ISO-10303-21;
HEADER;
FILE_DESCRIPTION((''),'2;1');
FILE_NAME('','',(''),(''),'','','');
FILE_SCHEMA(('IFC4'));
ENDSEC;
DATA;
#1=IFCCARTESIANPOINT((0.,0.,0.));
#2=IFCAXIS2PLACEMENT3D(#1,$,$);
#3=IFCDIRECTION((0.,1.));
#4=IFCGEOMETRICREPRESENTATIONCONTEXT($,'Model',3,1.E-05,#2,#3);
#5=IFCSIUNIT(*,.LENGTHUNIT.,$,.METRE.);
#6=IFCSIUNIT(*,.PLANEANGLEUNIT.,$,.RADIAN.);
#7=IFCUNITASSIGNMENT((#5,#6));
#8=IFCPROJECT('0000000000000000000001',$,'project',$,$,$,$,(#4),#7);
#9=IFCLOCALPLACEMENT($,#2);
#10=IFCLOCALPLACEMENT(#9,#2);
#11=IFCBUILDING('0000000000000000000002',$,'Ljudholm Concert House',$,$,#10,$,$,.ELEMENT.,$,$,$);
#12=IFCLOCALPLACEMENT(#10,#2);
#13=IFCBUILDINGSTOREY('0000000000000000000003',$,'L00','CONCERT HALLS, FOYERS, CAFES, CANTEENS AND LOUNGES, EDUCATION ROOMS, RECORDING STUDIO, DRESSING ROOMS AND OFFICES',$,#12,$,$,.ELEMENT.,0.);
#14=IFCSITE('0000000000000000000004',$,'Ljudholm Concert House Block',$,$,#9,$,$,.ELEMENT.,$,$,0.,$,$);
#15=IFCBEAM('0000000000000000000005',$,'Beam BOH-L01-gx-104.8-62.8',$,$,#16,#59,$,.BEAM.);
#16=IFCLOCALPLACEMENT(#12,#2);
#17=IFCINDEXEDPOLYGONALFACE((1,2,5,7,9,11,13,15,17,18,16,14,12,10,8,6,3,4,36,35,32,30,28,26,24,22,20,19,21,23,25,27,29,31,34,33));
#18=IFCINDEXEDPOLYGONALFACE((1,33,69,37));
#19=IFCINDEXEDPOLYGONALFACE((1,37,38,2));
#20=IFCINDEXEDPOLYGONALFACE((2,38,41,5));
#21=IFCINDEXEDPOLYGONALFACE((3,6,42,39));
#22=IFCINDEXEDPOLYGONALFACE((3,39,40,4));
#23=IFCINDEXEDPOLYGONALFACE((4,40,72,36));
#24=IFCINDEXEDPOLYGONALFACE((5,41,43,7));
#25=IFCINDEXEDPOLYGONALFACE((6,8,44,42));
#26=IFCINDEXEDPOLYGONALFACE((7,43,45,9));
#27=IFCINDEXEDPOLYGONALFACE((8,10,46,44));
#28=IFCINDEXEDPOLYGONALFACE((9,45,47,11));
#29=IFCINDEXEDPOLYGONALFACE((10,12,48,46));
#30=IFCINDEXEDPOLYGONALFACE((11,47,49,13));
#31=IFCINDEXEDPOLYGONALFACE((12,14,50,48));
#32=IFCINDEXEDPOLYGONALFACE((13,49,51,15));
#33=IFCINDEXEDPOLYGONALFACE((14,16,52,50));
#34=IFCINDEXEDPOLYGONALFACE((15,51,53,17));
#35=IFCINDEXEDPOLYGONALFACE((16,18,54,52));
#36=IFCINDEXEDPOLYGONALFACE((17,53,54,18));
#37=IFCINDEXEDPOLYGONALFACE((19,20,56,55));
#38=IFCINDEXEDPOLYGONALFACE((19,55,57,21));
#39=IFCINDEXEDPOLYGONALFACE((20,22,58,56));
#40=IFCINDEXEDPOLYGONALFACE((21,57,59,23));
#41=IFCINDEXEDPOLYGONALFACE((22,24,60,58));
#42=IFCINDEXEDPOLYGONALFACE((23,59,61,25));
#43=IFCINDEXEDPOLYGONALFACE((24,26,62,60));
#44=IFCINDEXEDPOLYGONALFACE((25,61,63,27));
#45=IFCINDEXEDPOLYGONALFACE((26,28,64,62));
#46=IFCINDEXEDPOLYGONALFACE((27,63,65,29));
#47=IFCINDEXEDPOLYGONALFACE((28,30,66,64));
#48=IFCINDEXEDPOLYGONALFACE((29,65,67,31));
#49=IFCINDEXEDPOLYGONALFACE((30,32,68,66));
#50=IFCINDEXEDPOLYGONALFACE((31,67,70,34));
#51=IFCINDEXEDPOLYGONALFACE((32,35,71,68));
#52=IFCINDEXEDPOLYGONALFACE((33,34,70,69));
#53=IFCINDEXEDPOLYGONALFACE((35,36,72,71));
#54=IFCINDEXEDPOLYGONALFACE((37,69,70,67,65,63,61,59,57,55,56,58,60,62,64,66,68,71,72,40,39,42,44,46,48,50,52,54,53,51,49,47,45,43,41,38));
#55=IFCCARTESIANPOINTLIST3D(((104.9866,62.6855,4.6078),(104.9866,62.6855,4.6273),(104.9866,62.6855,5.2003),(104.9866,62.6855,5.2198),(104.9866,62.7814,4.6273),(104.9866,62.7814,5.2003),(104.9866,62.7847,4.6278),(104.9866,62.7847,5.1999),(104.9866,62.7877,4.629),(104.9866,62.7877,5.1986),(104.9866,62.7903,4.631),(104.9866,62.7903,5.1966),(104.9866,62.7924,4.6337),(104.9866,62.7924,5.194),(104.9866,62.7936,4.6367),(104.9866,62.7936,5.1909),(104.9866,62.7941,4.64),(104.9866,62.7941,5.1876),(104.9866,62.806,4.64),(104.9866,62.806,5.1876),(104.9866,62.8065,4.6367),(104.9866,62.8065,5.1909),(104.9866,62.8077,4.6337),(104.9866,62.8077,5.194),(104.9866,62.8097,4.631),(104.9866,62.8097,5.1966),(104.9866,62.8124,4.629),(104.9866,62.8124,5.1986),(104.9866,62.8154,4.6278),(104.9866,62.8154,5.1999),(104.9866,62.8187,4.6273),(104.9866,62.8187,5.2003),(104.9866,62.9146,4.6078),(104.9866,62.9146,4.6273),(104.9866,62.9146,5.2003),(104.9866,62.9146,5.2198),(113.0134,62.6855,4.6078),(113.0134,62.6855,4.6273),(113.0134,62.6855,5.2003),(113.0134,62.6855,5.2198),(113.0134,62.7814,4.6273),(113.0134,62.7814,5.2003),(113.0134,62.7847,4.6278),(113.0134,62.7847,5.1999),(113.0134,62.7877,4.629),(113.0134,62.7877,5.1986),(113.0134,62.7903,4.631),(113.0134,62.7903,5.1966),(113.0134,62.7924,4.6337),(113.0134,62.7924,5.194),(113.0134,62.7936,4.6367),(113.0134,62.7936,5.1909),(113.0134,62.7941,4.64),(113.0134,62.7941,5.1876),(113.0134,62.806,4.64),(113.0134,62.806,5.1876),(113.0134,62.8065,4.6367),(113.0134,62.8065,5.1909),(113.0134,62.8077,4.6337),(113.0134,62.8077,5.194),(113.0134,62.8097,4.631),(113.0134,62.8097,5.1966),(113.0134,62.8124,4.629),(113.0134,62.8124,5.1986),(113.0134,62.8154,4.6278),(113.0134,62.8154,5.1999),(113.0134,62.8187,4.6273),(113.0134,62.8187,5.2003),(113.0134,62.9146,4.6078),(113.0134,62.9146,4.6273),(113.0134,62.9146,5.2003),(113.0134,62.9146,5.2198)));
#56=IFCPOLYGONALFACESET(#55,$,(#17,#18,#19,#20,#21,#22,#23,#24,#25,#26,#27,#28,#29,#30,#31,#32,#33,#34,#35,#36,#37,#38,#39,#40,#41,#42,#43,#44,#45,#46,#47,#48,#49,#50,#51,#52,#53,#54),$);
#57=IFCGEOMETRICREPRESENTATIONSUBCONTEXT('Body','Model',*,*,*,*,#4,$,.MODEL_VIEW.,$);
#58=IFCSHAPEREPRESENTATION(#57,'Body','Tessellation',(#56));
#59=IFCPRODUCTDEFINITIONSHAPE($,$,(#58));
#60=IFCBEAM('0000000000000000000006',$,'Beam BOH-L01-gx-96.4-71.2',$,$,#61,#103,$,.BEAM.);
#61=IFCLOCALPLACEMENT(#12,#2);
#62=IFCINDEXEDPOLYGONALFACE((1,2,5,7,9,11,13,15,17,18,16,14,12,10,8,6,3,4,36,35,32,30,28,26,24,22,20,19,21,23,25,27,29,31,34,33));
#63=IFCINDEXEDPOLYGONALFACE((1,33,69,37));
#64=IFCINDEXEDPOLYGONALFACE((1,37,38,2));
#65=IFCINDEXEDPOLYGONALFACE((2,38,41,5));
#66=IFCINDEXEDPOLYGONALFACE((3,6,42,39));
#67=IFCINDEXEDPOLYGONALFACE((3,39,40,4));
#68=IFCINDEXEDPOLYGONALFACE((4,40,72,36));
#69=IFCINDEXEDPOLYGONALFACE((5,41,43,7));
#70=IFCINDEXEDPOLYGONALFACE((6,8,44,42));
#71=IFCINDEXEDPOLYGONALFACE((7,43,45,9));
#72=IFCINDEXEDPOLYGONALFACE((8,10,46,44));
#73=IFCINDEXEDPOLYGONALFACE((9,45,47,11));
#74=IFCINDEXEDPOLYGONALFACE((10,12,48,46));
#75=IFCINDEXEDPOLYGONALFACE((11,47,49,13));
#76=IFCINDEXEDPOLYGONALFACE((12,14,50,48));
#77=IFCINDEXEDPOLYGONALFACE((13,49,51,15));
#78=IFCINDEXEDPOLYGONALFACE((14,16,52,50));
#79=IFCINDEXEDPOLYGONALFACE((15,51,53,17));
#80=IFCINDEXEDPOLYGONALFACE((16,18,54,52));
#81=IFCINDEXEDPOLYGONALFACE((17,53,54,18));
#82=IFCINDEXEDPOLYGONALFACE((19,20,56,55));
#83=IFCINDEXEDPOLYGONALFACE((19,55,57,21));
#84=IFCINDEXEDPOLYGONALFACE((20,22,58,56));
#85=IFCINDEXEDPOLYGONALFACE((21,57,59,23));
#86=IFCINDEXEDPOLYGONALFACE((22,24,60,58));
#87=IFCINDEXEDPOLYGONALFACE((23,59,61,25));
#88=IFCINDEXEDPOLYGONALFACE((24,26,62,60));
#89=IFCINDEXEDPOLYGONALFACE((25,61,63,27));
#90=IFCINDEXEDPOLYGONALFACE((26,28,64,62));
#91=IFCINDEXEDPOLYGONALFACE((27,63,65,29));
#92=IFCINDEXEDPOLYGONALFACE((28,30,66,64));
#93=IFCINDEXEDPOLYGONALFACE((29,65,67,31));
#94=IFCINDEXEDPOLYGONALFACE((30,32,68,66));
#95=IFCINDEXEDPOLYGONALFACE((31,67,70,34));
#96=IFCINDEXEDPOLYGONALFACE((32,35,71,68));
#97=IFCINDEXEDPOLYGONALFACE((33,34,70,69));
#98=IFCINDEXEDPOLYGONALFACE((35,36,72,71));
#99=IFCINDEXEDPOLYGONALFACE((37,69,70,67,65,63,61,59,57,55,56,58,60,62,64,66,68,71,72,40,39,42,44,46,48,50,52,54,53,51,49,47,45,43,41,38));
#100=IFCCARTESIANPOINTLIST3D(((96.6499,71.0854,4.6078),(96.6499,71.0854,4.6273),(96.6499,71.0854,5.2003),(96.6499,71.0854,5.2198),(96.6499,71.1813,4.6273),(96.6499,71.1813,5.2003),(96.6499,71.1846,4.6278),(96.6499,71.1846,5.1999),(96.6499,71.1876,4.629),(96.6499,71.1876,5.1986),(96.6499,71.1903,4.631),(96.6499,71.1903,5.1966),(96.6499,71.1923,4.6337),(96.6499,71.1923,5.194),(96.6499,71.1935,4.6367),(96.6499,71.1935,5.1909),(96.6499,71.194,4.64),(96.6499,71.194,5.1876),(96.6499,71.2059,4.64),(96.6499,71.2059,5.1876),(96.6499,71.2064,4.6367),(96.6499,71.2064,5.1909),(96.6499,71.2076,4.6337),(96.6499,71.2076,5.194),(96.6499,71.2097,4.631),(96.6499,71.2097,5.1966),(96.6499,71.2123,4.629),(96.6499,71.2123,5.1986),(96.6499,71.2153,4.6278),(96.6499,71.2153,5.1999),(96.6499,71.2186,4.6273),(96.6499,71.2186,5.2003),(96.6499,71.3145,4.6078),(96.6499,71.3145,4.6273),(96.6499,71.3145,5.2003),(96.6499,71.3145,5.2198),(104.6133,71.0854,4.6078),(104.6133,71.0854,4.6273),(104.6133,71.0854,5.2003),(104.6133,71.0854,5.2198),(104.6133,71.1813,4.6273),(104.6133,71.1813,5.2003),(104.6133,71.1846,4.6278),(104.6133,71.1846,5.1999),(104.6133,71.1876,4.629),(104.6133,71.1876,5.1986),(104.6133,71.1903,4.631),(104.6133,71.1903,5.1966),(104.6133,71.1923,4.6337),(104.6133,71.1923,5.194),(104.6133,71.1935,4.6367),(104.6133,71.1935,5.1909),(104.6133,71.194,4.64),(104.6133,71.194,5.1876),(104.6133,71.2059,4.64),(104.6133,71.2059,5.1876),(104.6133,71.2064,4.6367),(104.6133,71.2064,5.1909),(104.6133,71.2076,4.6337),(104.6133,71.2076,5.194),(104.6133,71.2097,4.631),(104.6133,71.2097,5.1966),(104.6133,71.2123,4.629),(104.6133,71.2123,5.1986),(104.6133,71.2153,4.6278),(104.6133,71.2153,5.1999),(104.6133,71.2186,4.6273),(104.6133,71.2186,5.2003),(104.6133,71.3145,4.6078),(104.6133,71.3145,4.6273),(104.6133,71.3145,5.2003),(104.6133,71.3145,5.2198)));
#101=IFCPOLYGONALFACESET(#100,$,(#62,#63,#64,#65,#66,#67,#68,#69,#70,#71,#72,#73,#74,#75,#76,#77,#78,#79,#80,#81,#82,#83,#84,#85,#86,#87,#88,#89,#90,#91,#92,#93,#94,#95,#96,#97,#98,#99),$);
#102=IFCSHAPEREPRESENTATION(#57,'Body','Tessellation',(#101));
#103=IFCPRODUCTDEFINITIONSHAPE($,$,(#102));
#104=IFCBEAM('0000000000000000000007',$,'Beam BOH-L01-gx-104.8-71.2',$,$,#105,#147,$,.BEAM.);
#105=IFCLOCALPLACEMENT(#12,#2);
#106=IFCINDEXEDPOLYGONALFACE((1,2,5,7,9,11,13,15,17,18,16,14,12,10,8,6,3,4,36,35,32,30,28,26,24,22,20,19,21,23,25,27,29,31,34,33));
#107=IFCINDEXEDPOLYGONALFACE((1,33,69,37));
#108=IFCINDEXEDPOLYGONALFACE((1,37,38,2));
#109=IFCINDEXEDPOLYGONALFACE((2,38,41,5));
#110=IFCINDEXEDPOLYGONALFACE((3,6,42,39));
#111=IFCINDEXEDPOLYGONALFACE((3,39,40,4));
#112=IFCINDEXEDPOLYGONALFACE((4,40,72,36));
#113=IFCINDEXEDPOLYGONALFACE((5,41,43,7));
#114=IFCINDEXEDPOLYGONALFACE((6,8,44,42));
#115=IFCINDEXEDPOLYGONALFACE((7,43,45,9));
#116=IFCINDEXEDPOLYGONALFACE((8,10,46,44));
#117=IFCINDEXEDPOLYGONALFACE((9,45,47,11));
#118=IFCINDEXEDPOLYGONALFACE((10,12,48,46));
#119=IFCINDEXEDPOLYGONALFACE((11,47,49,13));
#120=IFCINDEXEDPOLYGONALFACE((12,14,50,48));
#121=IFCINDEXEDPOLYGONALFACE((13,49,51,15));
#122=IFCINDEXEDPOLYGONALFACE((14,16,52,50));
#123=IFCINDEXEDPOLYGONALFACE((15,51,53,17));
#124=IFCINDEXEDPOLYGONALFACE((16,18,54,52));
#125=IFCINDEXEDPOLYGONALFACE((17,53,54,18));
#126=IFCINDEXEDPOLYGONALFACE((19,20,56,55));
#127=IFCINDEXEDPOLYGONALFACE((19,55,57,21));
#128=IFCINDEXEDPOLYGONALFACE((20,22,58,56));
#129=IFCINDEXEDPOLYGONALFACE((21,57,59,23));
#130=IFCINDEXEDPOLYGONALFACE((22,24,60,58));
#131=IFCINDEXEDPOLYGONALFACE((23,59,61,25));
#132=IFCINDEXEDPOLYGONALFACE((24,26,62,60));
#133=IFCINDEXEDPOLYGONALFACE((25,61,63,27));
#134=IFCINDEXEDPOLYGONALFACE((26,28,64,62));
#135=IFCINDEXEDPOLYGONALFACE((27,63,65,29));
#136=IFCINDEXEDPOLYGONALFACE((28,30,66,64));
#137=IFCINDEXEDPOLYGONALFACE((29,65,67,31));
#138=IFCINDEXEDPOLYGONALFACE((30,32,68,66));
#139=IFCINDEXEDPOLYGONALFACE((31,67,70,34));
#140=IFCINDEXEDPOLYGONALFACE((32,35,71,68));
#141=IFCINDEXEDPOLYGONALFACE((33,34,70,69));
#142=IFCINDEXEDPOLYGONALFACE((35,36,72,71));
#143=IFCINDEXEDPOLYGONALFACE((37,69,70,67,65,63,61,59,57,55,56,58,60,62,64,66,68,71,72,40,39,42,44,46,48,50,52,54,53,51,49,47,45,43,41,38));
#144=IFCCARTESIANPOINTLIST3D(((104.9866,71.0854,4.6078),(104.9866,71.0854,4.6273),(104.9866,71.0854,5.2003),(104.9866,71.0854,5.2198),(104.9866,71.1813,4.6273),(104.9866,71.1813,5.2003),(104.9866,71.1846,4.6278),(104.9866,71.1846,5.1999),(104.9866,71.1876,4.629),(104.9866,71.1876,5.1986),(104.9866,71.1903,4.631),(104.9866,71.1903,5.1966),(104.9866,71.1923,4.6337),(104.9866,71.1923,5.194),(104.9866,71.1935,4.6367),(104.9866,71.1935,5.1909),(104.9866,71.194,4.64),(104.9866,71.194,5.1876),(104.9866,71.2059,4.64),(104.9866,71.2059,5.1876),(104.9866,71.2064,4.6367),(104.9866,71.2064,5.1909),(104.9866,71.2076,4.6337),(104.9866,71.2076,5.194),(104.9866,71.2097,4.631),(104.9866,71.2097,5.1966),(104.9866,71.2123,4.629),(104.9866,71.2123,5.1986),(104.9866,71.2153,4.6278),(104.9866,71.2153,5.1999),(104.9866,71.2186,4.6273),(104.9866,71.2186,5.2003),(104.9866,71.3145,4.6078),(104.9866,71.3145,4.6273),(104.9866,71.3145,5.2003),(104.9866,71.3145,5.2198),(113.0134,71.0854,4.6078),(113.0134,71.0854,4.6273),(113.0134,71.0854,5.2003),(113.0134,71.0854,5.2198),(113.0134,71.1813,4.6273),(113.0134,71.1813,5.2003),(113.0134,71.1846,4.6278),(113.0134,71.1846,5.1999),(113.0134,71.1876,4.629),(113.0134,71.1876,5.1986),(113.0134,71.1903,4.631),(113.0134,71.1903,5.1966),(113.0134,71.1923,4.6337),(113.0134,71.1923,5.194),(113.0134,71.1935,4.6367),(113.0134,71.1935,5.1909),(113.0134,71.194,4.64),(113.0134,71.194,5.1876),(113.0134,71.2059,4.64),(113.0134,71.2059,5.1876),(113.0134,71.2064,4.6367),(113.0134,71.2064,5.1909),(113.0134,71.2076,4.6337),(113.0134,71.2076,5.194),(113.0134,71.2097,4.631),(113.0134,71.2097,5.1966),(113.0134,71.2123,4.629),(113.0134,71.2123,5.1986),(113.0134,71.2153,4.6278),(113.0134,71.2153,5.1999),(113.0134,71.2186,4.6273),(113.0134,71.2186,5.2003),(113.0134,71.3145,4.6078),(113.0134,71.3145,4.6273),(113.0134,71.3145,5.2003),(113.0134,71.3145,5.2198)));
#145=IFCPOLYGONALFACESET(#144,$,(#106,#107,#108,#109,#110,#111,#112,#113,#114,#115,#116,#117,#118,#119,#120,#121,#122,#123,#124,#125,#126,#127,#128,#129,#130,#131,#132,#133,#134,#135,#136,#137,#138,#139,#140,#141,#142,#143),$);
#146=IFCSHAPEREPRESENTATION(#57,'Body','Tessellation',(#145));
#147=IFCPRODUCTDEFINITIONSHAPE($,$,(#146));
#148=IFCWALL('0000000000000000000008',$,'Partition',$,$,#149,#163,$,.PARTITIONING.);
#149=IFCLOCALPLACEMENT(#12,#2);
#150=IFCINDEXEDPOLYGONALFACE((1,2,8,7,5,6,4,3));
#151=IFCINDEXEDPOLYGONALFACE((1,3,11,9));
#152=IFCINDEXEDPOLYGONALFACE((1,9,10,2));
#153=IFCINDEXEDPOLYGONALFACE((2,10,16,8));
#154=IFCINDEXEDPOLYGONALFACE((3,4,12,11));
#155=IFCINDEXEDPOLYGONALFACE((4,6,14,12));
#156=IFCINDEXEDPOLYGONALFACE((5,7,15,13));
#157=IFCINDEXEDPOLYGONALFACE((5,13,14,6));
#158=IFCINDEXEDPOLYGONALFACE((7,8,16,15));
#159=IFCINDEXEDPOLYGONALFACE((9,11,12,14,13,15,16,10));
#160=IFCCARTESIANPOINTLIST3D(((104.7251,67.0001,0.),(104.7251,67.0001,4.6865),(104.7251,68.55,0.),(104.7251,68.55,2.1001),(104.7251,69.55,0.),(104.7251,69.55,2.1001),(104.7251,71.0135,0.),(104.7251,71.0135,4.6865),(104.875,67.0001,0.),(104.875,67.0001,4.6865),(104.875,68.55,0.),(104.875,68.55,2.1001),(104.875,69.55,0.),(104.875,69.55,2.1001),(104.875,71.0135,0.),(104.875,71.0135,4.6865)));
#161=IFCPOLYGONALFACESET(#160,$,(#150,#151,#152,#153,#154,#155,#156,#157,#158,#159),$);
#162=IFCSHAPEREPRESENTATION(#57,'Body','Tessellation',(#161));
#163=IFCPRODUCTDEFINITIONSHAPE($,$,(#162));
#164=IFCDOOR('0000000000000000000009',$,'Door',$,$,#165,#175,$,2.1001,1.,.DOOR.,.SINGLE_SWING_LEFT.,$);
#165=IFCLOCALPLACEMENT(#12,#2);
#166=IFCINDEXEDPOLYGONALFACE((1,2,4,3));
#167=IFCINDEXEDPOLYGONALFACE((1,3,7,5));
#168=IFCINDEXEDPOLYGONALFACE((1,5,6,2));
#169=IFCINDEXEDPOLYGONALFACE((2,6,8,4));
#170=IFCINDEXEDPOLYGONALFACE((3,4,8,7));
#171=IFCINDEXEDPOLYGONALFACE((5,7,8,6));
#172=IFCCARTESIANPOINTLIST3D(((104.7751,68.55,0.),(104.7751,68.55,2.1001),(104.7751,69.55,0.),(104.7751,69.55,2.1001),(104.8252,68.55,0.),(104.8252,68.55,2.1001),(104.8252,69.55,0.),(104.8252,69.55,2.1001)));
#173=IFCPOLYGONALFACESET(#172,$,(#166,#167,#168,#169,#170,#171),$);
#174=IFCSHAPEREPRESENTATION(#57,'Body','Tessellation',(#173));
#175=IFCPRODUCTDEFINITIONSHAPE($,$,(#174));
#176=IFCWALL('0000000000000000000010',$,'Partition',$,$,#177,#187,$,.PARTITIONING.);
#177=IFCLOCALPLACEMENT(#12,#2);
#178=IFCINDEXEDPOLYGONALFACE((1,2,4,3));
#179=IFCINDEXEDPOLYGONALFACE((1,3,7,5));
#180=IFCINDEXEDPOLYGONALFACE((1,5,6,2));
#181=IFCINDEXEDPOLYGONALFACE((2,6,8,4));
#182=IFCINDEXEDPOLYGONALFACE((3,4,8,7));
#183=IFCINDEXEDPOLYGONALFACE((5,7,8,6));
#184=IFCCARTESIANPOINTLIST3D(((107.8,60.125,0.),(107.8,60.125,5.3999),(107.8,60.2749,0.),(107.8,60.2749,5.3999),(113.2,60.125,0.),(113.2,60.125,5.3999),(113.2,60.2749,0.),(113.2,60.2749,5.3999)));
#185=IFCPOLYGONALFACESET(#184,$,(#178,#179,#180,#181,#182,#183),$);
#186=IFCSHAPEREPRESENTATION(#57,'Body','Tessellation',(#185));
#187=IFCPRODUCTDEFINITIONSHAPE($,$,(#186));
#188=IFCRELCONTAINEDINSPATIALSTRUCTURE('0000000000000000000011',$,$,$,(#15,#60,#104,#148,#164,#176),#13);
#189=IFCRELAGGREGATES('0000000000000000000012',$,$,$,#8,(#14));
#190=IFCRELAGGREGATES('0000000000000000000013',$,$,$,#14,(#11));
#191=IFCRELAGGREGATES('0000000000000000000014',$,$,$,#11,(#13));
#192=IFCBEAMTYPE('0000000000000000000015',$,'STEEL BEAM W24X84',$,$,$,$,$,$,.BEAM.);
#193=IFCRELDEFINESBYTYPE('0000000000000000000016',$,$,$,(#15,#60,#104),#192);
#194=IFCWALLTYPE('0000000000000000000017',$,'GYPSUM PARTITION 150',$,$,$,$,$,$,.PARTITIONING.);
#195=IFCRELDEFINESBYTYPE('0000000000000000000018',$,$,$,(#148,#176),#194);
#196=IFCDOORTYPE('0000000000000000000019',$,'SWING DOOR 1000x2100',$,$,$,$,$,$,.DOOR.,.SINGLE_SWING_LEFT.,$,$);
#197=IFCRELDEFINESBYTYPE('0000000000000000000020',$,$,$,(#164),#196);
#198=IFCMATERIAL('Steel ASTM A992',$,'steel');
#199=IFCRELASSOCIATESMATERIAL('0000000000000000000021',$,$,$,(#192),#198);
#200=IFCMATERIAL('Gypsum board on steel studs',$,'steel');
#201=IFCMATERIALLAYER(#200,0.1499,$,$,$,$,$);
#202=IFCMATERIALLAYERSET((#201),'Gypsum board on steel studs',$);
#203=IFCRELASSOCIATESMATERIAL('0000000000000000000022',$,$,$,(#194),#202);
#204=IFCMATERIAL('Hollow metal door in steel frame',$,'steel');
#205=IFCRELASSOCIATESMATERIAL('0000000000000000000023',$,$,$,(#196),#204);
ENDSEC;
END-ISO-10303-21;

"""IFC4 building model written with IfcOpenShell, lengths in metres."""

from ifc_helpers import new_model, si_unit, direction, frame, frame_2d, origin, origin_2d, place, context, subcontext, project, spatial, rectangle, i_section, extrude, material, layer, layer_set, material_profile, profile_set, type_object, element, fill, save


model = new_model("IFC4")

# Units and contexts
model_context = context("Model", 3, precision=1e-05, world=origin(), true_north=direction((0.0, 1.0)))
body_context = subcontext(model_context, "Body", "Model", "MODEL_VIEW")
ifc_project = project(units=[si_unit("LENGTHUNIT", "METRE"), si_unit("PLANEANGLEUNIT", "RADIAN")], contexts=[model_context])

# Site, building, storey
site_placement = place(None, origin())
site = spatial("IfcSite", under=ifc_project, at=site_placement, Name="Ljudholm Concert House Block", CompositionType="ELEMENT", RefElevation=0.0)
building_placement = place(site_placement, origin())
building = spatial("IfcBuilding", under=site, at=building_placement, Name="Ljudholm Concert House", CompositionType="ELEMENT")
storey_placement = place(building_placement, origin())
storey = spatial("IfcBuildingStorey", under=building, at=storey_placement, Name="L00", Description="CONCERT HALLS, FOYERS, CAFES, CANTEENS AND LOUNGES, EDUCATION ROOMS, RECORDING STUDIO, DRESSING ROOMS AND OFFICES", CompositionType="ELEMENT", Elevation=0.0)

# Beams
ifc_material_1 = material(Name="Steel ASTM A992", Category="steel")
ifc_material_profile_1 = material_profile(ifc_material_1, i_section(OverallWidth=0.229, OverallDepth=0.6121, WebThickness=0.012, FlangeThickness=0.0195, FilletRadius=0.0127, at=origin_2d()), Name="W24X84")
ifc_profile_set_1 = profile_set([ifc_material_profile_1], Name="Steel ASTM A992")
beam_type_1 = type_object("IfcBeamType", Name="STEEL BEAM W24X84", PredefinedType="BEAM", material=ifc_profile_set_1)
beam_1_placement = place(storey_placement, frame((104.9866, 62.8, 4.9138), z_axis=(1.0, 0.0, 0.0), x_axis=(0.0, 1.0, 0.0)))
element("IfcBeam", 1, at=beam_1_placement, inside=storey, type_object=beam_type_1, Name="Beam BOH-L01-gx-104.8-62.8", PredefinedType="BEAM", context=body_context, shape_type="SweptSolid", body=[
    extrude(i_section(OverallWidth=0.229, OverallDepth=0.6121, WebThickness=0.012, FlangeThickness=0.0195, FilletRadius=0.0127, at=origin_2d()), origin(), (0.0, 0.0, 1.0), 8.0269),
])
beam_2_placement = place(storey_placement, frame((96.6499, 71.2, 4.9138), z_axis=(1.0, 0.0, 0.0), x_axis=(0.0, 1.0, 0.0)))
element("IfcBeam", 2, at=beam_2_placement, inside=storey, type_object=beam_type_1, Name="Beam BOH-L01-gx-96.4-71.2", PredefinedType="BEAM", context=body_context, shape_type="SweptSolid", body=[
    extrude(i_section(OverallWidth=0.229, OverallDepth=0.6121, WebThickness=0.012, FlangeThickness=0.0195, FilletRadius=0.0127, at=origin_2d()), origin(), (0.0, 0.0, 1.0), 7.9634),
])
beam_3_placement = place(storey_placement, frame((104.9866, 71.2, 4.9138), z_axis=(1.0, 0.0, 0.0), x_axis=(0.0, 1.0, 0.0)))
element("IfcBeam", 3, at=beam_3_placement, inside=storey, type_object=beam_type_1, Name="Beam BOH-L01-gx-104.8-71.2", PredefinedType="BEAM", context=body_context, shape_type="SweptSolid", body=[
    extrude(i_section(OverallWidth=0.229, OverallDepth=0.6121, WebThickness=0.012, FlangeThickness=0.0195, FilletRadius=0.0127, at=origin_2d()), origin(), (0.0, 0.0, 1.0), 8.0269),
])

# Wall, opening, door
ifc_material_2 = material(Name="Gypsum board on steel studs", Category="steel")
ifc_layer = layer(ifc_material_2, 0.1499)
ifc_layer_set = layer_set([ifc_layer], Name="Gypsum board on steel studs")
wall_type = type_object("IfcWallType", Name="GYPSUM PARTITION 150", PredefinedType="PARTITIONING", material=ifc_layer_set)
wall_1_placement = place(storey_placement, frame((104.8, 67.0, 0.0), z_axis=(0.0, 0.0, 1.0), x_axis=(0.0, 1.0, 0.0)))
wall_1 = element("IfcWall", 4, at=wall_1_placement, inside=storey, type_object=wall_type, Name="Partition", PredefinedType="PARTITIONING", context=body_context, shape_type="SweptSolid", body=[
    extrude(rectangle(XDim=4.0134, YDim=0.1499, at=frame_2d((2.0068, 0.0))), origin(), (0.0, 0.0, 1.0), 4.6865),
])
opening_placement = place(wall_1_placement, frame((1.55, 0.0, 0.0)))
opening = element("IfcOpeningElement", 5, at=opening_placement, cuts=wall_1, PredefinedType="OPENING", context=body_context, shape_type="SweptSolid", body=[
    extrude(rectangle(XDim=1.0, YDim=2.1001, at=frame_2d((0.5, 1.05))), frame((0.0, 0.085, 0.0), z_axis=(0.0, -1.0, 0.0), x_axis=(1.0, 0.0, 0.0)), (0.0, 0.0, 1.0), 0.1699),
])
ifc_material_3 = material(Name="Hollow metal door in steel frame", Category="steel")
door_type = type_object("IfcDoorType", Name="SWING DOOR 1000x2100", OperationType="SINGLE_SWING_LEFT", PredefinedType="DOOR", material=ifc_material_3)
door_placement = place(opening_placement, origin())
door = element("IfcDoor", 6, at=door_placement, inside=storey, type_object=door_type, Name="Door", OperationType="SINGLE_SWING_LEFT", OverallHeight=2.1001, OverallWidth=1.0, PredefinedType="DOOR", context=body_context, shape_type="SweptSolid", body=[
    extrude(rectangle(XDim=1.0, YDim=2.1001, at=frame_2d((0.5, 1.05))), frame((0.0, 0.0249, 0.0), z_axis=(0.0, -1.0, 0.0), x_axis=(1.0, 0.0, 0.0)), (0.0, 0.0, 1.0), 0.05),
])
fill(opening, door)

# Wall
wall_2_placement = place(storey_placement, frame((107.8, 60.2, 0.0), z_axis=(0.0, 0.0, 1.0), x_axis=(1.0, 0.0, 0.0)))
element("IfcWall", 7, at=wall_2_placement, inside=storey, type_object=wall_type, Name="Partition", PredefinedType="PARTITIONING", context=body_context, shape_type="SweptSolid", body=[
    extrude(rectangle(XDim=5.3999, YDim=0.1499, at=frame_2d((2.7, 0.0))), origin(), (0.0, 0.0, 1.0), 5.3999),
])

save(model, "model.ifc")
